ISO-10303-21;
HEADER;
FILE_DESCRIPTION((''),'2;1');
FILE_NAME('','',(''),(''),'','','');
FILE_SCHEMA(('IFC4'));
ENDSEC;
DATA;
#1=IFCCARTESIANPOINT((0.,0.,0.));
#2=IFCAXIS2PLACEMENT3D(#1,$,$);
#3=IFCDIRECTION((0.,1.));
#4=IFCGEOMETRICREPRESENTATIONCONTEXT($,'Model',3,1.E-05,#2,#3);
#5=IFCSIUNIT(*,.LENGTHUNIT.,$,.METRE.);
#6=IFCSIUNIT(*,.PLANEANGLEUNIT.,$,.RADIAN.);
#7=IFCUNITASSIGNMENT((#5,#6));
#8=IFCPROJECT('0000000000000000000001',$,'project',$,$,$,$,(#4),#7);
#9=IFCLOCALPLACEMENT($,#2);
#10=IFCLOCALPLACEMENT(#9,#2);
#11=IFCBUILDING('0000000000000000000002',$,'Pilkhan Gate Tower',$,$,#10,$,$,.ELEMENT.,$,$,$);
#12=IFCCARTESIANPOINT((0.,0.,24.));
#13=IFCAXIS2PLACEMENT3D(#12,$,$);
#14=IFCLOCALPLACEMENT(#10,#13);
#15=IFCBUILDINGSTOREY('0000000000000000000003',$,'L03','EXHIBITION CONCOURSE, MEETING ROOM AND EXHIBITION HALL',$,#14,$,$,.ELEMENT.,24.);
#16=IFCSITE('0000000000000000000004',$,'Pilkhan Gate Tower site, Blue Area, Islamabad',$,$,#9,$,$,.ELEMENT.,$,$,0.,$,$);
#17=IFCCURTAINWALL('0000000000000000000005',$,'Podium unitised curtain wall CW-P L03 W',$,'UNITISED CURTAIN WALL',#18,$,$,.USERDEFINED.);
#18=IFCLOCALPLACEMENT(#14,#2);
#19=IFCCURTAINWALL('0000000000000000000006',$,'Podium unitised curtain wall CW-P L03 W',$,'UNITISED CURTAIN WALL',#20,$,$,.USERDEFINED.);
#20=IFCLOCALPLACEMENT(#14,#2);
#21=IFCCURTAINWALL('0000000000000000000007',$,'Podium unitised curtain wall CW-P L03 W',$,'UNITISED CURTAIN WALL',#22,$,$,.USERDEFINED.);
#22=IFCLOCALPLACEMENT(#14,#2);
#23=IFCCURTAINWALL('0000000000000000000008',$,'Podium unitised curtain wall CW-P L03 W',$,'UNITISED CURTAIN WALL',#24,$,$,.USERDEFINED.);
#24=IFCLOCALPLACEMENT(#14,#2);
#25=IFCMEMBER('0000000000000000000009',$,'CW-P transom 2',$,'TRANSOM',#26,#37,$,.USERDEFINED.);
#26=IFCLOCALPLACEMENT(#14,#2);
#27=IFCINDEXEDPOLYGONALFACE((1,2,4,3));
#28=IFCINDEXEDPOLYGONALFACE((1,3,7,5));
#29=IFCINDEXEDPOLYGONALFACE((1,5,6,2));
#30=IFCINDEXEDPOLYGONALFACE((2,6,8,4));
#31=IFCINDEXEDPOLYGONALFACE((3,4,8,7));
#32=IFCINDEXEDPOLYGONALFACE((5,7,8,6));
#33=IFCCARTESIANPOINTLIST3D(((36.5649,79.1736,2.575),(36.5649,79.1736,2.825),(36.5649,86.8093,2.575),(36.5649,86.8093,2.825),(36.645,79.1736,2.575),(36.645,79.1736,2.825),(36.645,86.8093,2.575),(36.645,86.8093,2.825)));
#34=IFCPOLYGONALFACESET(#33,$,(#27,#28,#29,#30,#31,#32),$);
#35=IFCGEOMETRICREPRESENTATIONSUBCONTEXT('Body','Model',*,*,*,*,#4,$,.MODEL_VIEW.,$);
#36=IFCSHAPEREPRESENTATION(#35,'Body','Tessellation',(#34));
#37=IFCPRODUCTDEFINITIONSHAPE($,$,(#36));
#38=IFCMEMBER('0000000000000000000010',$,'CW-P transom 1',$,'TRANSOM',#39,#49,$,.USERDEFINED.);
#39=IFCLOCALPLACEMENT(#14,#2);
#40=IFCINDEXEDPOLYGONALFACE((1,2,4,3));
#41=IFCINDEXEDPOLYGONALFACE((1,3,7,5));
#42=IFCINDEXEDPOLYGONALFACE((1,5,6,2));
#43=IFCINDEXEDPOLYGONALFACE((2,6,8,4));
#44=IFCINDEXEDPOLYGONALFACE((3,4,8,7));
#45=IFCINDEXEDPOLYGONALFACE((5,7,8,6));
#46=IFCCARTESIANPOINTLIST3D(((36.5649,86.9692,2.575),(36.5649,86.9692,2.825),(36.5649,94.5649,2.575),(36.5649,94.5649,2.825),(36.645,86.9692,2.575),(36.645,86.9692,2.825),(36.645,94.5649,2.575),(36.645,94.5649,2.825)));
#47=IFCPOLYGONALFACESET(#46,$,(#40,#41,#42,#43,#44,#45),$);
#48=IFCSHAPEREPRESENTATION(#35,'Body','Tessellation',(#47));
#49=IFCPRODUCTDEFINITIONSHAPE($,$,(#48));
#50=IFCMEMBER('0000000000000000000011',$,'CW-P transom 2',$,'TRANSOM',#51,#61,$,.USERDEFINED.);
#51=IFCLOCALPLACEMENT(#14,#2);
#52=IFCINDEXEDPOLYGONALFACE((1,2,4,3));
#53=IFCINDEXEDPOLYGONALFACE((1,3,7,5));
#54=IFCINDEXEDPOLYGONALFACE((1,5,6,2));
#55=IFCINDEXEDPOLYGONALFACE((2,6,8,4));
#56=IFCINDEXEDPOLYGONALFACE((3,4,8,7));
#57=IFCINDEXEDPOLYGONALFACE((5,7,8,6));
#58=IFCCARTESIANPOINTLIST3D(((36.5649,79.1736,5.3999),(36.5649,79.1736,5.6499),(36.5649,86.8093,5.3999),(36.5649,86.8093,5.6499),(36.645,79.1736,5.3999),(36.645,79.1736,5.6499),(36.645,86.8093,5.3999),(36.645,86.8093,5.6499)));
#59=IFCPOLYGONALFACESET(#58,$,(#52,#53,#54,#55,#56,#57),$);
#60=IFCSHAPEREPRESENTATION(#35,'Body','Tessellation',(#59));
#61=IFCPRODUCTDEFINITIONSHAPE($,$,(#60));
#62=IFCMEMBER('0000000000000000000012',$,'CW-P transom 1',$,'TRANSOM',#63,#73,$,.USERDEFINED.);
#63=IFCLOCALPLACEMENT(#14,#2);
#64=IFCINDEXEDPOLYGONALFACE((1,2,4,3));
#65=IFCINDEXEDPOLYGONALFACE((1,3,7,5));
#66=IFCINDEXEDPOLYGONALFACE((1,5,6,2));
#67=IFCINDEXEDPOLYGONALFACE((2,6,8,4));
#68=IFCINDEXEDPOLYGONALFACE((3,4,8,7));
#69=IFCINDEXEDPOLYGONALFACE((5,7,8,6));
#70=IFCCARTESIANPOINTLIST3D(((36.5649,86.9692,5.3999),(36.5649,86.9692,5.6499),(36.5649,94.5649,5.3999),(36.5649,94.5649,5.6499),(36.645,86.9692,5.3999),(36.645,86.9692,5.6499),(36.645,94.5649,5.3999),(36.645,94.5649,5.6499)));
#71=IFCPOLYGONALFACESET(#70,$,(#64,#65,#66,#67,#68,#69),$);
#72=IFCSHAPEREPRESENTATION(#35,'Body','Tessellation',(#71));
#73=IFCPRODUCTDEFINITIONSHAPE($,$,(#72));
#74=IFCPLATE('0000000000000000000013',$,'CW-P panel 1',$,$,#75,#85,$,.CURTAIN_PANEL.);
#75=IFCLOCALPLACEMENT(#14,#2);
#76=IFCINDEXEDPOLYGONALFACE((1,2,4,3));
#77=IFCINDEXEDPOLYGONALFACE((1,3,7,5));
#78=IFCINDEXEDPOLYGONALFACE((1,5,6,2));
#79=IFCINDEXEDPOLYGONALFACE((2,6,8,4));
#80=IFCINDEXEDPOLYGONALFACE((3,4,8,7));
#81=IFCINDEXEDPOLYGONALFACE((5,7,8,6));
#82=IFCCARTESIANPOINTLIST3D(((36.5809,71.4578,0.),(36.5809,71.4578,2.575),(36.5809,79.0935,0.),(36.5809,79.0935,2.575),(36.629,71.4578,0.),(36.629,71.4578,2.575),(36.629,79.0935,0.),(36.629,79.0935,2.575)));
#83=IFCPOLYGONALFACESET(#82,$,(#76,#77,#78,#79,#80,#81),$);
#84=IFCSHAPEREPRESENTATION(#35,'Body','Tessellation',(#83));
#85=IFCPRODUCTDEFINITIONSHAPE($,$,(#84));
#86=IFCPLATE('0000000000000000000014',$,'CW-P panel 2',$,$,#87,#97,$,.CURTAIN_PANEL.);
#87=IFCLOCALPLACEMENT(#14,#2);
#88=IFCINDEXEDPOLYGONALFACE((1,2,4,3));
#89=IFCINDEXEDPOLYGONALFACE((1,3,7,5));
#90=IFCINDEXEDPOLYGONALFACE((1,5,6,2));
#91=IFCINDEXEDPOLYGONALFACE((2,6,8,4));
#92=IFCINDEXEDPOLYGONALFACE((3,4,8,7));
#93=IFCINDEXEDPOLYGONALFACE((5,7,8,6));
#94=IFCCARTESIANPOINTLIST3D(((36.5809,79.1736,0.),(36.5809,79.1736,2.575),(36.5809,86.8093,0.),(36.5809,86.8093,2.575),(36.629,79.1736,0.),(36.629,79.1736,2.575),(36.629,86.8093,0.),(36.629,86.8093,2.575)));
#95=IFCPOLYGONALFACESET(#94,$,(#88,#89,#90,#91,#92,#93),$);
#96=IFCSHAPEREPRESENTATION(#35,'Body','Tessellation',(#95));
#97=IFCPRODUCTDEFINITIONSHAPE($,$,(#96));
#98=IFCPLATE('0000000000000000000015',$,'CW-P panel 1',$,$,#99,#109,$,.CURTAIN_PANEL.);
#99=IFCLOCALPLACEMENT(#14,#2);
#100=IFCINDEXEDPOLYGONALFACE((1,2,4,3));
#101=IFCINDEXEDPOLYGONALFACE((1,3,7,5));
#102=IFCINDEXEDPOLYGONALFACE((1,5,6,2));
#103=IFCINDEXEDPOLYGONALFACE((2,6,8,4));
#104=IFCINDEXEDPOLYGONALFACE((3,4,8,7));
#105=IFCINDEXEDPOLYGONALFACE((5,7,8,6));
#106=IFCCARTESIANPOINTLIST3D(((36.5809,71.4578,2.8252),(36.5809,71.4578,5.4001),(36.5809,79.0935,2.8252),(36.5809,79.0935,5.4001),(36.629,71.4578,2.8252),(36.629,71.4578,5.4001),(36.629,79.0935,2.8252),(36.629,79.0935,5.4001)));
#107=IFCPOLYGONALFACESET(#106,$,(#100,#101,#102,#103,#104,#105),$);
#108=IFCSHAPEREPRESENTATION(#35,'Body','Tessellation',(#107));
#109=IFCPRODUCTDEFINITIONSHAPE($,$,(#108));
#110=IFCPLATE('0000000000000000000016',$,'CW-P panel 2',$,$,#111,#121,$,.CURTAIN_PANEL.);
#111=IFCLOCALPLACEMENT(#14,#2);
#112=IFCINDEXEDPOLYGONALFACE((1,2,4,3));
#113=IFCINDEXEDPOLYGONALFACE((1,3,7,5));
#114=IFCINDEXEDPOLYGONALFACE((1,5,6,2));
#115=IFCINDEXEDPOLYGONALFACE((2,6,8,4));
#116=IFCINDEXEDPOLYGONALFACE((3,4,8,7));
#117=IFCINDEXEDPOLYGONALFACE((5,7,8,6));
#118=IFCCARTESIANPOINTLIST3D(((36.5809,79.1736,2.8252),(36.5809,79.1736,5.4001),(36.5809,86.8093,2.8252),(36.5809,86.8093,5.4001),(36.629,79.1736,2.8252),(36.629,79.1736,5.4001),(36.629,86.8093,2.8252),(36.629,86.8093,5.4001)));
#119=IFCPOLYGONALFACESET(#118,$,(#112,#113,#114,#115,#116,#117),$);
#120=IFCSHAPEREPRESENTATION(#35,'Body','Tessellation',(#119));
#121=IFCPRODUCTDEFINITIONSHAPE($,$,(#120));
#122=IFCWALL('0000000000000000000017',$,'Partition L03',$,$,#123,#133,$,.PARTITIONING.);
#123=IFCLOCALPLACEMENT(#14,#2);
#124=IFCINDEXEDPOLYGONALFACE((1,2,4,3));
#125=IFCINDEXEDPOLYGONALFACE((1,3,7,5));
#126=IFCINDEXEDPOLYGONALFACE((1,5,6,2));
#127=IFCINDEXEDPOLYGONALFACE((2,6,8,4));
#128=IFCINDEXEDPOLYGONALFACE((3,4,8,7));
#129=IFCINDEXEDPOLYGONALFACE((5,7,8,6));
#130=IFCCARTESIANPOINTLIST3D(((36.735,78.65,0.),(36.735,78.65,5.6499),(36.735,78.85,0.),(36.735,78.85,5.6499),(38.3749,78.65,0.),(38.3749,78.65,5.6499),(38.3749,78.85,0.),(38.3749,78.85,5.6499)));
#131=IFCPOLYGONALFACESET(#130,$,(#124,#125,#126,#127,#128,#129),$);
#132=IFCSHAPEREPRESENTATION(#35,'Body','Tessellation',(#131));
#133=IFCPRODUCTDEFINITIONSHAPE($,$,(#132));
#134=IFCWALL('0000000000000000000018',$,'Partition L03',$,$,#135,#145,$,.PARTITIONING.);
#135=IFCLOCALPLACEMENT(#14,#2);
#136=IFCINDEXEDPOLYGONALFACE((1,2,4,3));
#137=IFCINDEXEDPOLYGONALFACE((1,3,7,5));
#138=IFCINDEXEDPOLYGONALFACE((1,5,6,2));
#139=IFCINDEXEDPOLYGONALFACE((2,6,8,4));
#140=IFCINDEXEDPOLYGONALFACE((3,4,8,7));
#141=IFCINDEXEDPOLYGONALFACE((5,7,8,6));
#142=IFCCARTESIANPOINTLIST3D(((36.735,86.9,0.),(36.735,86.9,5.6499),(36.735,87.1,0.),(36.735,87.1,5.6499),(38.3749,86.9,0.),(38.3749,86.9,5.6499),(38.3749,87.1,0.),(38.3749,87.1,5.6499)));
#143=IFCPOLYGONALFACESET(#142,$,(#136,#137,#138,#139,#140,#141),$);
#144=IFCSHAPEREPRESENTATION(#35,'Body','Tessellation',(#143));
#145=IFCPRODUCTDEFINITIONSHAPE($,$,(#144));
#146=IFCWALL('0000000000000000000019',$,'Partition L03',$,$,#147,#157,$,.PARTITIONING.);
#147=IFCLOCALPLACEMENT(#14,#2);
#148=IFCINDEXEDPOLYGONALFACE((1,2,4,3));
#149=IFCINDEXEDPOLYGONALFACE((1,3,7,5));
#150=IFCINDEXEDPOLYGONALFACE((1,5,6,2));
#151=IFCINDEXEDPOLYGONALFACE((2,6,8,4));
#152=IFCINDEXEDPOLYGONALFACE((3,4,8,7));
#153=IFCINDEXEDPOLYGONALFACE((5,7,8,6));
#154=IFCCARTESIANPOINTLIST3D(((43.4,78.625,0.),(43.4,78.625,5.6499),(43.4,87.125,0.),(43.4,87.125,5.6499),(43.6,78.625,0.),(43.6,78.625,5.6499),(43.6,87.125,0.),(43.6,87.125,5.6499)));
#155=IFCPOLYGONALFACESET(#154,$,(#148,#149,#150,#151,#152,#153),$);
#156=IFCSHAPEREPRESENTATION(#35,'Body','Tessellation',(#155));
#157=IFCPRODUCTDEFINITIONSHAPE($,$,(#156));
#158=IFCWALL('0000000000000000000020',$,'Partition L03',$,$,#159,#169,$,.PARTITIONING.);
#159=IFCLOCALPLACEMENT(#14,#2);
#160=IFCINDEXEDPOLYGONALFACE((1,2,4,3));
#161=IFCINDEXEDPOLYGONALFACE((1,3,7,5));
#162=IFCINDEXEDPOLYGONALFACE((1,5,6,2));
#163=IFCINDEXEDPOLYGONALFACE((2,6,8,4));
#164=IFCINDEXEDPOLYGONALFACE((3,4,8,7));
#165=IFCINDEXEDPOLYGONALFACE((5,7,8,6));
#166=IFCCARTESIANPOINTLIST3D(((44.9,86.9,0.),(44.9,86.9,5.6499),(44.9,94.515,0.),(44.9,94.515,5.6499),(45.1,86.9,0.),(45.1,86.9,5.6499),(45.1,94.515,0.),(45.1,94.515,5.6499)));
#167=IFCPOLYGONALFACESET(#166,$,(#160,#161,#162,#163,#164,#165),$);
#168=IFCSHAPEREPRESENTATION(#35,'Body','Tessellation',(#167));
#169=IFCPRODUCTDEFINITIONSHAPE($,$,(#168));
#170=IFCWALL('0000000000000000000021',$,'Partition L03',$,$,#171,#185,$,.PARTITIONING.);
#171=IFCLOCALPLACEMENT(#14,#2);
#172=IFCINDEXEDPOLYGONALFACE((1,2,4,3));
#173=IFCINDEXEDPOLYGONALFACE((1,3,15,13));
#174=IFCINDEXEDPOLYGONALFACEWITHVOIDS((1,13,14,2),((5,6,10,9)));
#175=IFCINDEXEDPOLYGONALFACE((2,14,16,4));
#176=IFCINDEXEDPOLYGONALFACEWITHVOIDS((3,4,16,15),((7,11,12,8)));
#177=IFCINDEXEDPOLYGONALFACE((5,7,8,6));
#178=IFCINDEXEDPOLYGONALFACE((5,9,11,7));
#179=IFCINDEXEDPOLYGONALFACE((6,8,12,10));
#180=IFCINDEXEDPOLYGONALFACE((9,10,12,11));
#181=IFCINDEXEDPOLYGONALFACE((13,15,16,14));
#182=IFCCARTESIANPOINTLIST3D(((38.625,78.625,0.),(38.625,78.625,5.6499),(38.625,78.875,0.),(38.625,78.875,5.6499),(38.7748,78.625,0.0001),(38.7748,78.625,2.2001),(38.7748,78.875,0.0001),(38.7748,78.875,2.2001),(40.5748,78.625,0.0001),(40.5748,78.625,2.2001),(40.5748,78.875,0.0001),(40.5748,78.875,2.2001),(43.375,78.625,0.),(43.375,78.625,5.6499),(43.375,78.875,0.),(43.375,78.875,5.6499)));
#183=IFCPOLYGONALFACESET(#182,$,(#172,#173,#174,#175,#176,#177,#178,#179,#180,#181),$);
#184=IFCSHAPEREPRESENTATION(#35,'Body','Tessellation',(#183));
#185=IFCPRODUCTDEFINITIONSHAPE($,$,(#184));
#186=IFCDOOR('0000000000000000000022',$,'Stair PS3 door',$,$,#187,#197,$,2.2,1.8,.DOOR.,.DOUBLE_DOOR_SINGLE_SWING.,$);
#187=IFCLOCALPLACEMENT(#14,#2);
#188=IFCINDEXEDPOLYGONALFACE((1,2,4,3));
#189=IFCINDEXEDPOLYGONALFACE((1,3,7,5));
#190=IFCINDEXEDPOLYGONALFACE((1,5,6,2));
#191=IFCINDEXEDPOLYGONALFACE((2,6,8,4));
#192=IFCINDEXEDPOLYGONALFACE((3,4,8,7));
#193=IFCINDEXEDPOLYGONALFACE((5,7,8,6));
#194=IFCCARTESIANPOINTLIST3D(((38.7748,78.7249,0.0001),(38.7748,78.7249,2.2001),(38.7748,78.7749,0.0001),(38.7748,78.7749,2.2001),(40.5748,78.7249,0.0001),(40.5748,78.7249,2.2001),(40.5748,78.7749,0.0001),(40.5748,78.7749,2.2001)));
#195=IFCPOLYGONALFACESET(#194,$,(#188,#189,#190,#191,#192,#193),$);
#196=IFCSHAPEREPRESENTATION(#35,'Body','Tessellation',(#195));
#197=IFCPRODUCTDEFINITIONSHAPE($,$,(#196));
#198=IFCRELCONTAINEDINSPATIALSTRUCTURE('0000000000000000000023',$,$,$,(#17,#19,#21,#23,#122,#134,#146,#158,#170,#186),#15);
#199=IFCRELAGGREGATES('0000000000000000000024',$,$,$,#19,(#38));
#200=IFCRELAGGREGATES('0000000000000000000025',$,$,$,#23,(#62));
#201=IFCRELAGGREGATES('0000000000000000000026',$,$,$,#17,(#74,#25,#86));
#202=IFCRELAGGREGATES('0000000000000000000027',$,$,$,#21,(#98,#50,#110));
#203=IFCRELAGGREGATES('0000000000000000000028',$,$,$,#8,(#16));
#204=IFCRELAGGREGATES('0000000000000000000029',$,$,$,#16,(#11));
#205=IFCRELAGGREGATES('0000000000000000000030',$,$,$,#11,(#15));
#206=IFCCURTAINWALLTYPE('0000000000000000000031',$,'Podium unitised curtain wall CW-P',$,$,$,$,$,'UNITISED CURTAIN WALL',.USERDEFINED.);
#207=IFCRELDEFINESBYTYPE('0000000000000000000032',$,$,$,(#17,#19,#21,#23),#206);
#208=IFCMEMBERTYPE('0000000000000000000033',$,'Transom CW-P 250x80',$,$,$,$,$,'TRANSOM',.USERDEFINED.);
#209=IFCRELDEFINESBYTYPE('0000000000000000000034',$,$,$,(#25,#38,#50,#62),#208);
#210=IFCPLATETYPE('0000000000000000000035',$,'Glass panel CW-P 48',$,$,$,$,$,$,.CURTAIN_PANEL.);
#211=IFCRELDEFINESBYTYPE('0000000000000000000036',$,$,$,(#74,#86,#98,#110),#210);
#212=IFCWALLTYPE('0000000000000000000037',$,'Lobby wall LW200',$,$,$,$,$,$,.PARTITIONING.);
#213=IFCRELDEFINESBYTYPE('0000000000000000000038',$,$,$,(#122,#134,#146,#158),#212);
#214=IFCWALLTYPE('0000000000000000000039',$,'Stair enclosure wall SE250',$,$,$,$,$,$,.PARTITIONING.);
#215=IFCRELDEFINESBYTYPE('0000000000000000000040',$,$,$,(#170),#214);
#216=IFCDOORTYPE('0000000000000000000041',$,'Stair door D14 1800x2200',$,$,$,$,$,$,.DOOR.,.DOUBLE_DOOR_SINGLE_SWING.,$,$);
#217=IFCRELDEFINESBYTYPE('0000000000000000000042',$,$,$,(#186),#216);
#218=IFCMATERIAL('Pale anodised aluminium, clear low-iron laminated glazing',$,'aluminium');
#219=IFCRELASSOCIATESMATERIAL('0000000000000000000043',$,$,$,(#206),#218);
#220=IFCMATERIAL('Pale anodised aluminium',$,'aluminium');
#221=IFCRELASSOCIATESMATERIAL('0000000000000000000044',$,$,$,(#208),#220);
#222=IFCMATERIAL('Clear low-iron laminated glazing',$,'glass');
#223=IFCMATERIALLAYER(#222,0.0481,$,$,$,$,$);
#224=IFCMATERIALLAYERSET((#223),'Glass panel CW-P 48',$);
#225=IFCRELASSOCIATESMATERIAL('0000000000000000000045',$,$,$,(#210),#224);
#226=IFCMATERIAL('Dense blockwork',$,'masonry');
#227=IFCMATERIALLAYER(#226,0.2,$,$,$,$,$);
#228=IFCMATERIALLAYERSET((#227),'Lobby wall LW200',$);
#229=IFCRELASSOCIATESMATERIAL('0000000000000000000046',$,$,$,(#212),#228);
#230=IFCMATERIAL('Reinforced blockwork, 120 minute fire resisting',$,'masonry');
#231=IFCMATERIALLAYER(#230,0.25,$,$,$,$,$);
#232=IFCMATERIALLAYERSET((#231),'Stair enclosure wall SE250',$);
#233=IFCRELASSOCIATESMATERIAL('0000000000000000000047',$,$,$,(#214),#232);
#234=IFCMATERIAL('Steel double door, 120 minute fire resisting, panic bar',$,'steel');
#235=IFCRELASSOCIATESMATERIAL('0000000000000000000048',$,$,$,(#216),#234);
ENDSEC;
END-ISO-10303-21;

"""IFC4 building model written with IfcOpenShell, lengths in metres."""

from ifc_helpers import new_model, si_unit, direction, frame, frame_2d, origin, origin_2d, place, context, subcontext, project, spatial, rectangle, extrude, material, layer, layer_set, material_profile, profile_set, type_object, element, fill, aggregate, save


model = new_model("IFC4")

# Units and contexts
model_context = context("Model", 3, precision=1e-05, world=origin(), true_north=direction((0.0, 1.0)))
body_context = subcontext(model_context, "Body", "Model", "MODEL_VIEW")
ifc_project = project(units=[si_unit("LENGTHUNIT", "METRE"), si_unit("PLANEANGLEUNIT", "RADIAN")], contexts=[model_context])

# Site, building, storey
site_placement = place(None, origin())
site = spatial("IfcSite", under=ifc_project, at=site_placement, Name="Pilkhan Gate Tower site, Blue Area, Islamabad", CompositionType="ELEMENT", RefElevation=0.0)
building_placement = place(site_placement, origin())
building = spatial("IfcBuilding", under=site, at=building_placement, Name="Pilkhan Gate Tower", CompositionType="ELEMENT")
storey_placement = place(building_placement, frame((0.0, 0.0, 24.0)))
storey = spatial("IfcBuildingStorey", under=building, at=storey_placement, Name="L03", Description="EXHIBITION CONCOURSE, MEETING ROOM AND EXHIBITION HALL", CompositionType="ELEMENT", Elevation=24.0)

# Curtain wall
ifc_material_1 = material(Name="Pale anodised aluminium, clear low-iron laminated glazing", Category="aluminium")
curtain_wall_type = type_object("IfcCurtainWallType", Name="Podium unitised curtain wall CW-P", ElementType="UNITISED CURTAIN WALL", PredefinedType="USERDEFINED", material=ifc_material_1)
curtain_wall_1_placement = place(storey_placement, origin())
curtain_wall_1 = element("IfcCurtainWall", 1, at=curtain_wall_1_placement, inside=storey, type_object=curtain_wall_type, Name="Podium unitised curtain wall CW-P L03 W", ObjectType="UNITISED CURTAIN WALL", PredefinedType="USERDEFINED")
ifc_material_2 = material(Name="Pale anodised aluminium", Category="aluminium")

# Curtain wall
curtain_wall_2_placement = place(storey_placement, origin())
curtain_wall_2 = element("IfcCurtainWall", 2, at=curtain_wall_2_placement, inside=storey, type_object=curtain_wall_type, Name="Podium unitised curtain wall CW-P L03 W", ObjectType="UNITISED CURTAIN WALL", PredefinedType="USERDEFINED")

# Curtain wall
curtain_wall_3_placement = place(storey_placement, origin())
curtain_wall_3 = element("IfcCurtainWall", 3, at=curtain_wall_3_placement, inside=storey, type_object=curtain_wall_type, Name="Podium unitised curtain wall CW-P L03 W", ObjectType="UNITISED CURTAIN WALL", PredefinedType="USERDEFINED")

# Curtain wall
curtain_wall_4_placement = place(storey_placement, origin())
curtain_wall_4 = element("IfcCurtainWall", 4, at=curtain_wall_4_placement, inside=storey, type_object=curtain_wall_type, Name="Podium unitised curtain wall CW-P L03 W", ObjectType="UNITISED CURTAIN WALL", PredefinedType="USERDEFINED")

# Members
ifc_material_profile_1 = material_profile(ifc_material_2, rectangle(XDim=0.0801, YDim=0.25, at=origin_2d()), Name="Transom 250x80")
ifc_profile_set_1 = profile_set([ifc_material_profile_1], Name="Pale anodised aluminium")
member_type_1 = type_object("IfcMemberType", Name="Transom CW-P 250x80", ElementType="TRANSOM", PredefinedType="USERDEFINED", material=ifc_profile_set_1)
member_1_placement = place(storey_placement, frame((36.605, 79.1736, 2.7), z_axis=(0.0, 1.0, 0.0), x_axis=(-1.0, 0.0, 0.0)))
member_1 = element("IfcMember", 5, at=member_1_placement, type_object=member_type_1, Name="CW-P transom 2", ObjectType="TRANSOM", PredefinedType="USERDEFINED", context=body_context, shape_type="SweptSolid", body=[
    extrude(rectangle(XDim=0.0801, YDim=0.25, at=origin_2d()), origin(), (0.0, 0.0, 1.0), 7.6357),
])
member_2_placement = place(storey_placement, frame((36.605, 86.9692, 2.7), z_axis=(0.0, 1.0, 0.0), x_axis=(-1.0, 0.0, 0.0)))
member_2 = element("IfcMember", 6, at=member_2_placement, type_object=member_type_1, Name="CW-P transom 1", ObjectType="TRANSOM", PredefinedType="USERDEFINED", context=body_context, shape_type="SweptSolid", body=[
    extrude(rectangle(XDim=0.0801, YDim=0.25, at=origin_2d()), origin(), (0.0, 0.0, 1.0), 7.5957),
])
aggregate(curtain_wall_2, [member_2])
member_3_placement = place(storey_placement, frame((36.605, 79.1736, 5.5249), z_axis=(0.0, 1.0, 0.0), x_axis=(-1.0, 0.0, 0.0)))
member_3 = element("IfcMember", 7, at=member_3_placement, type_object=member_type_1, Name="CW-P transom 2", ObjectType="TRANSOM", PredefinedType="USERDEFINED", context=body_context, shape_type="SweptSolid", body=[
    extrude(rectangle(XDim=0.0801, YDim=0.25, at=origin_2d()), origin(), (0.0, 0.0, 1.0), 7.6357),
])
member_4_placement = place(storey_placement, frame((36.605, 86.9692, 5.5249), z_axis=(0.0, 1.0, 0.0), x_axis=(-1.0, 0.0, 0.0)))
member_4 = element("IfcMember", 8, at=member_4_placement, type_object=member_type_1, Name="CW-P transom 1", ObjectType="TRANSOM", PredefinedType="USERDEFINED", context=body_context, shape_type="SweptSolid", body=[
    extrude(rectangle(XDim=0.0801, YDim=0.25, at=origin_2d()), origin(), (0.0, 0.0, 1.0), 7.5957),
])
aggregate(curtain_wall_4, [member_4])

# Plates
ifc_material_3 = material(Name="Clear low-iron laminated glazing", Category="glass")
ifc_layer_1 = layer(ifc_material_3, 0.0481)
ifc_layer_set_1 = layer_set([ifc_layer_1], Name="Glass panel CW-P 48")
plate_type = type_object("IfcPlateType", Name="Glass panel CW-P 48", PredefinedType="CURTAIN_PANEL", material=ifc_layer_set_1)
plate_1_placement = place(storey_placement, frame((36.605, 75.2756, 0.0), z_axis=(0.0, 0.0, 1.0), x_axis=(0.0, 1.0, 0.0)))
plate_1 = element("IfcPlate", 9, at=plate_1_placement, type_object=plate_type, Name="CW-P panel 1", PredefinedType="CURTAIN_PANEL", context=body_context, shape_type="SweptSolid", body=[
    extrude(rectangle(XDim=7.6357, YDim=0.0481, at=origin_2d()), origin(), (0.0, 0.0, 1.0), 2.575),
])
plate_2_placement = place(storey_placement, frame((36.605, 82.9915, 0.0), z_axis=(0.0, 0.0, 1.0), x_axis=(0.0, 1.0, 0.0)))
plate_2 = element("IfcPlate", 10, at=plate_2_placement, type_object=plate_type, Name="CW-P panel 2", PredefinedType="CURTAIN_PANEL", context=body_context, shape_type="SweptSolid", body=[
    extrude(rectangle(XDim=7.6357, YDim=0.0481, at=origin_2d()), origin(), (0.0, 0.0, 1.0), 2.575),
])
aggregate(curtain_wall_1, [plate_1, member_1, plate_2])
plate_3_placement = place(storey_placement, frame((36.605, 75.2756, 2.8252), z_axis=(0.0, 0.0, 1.0), x_axis=(0.0, 1.0, 0.0)))
plate_3 = element("IfcPlate", 11, at=plate_3_placement, type_object=plate_type, Name="CW-P panel 1", PredefinedType="CURTAIN_PANEL", context=body_context, shape_type="SweptSolid", body=[
    extrude(rectangle(XDim=7.6357, YDim=0.0481, at=origin_2d()), origin(), (0.0, 0.0, 1.0), 2.575),
])
plate_4_placement = place(storey_placement, frame((36.605, 82.9915, 2.8252), z_axis=(0.0, 0.0, 1.0), x_axis=(0.0, 1.0, 0.0)))
plate_4 = element("IfcPlate", 12, at=plate_4_placement, type_object=plate_type, Name="CW-P panel 2", PredefinedType="CURTAIN_PANEL", context=body_context, shape_type="SweptSolid", body=[
    extrude(rectangle(XDim=7.6357, YDim=0.0481, at=origin_2d()), origin(), (0.0, 0.0, 1.0), 2.575),
])
aggregate(curtain_wall_3, [plate_3, member_3, plate_4])

# Walls
ifc_material_4 = material(Name="Dense blockwork", Category="masonry")
ifc_layer_2 = layer(ifc_material_4, 0.2)
ifc_layer_set_2 = layer_set([ifc_layer_2], Name="Lobby wall LW200")
wall_type_1 = type_object("IfcWallType", Name="Lobby wall LW200", PredefinedType="PARTITIONING", material=ifc_layer_set_2)
for number, where, z_axis, x_axis, name in (
    (13, (36.7351, 78.75, 0.0), (0.0, 0.0, 1.0), (1.0, 0.0, 0.0), "Partition L03"),
    (14, (36.7351, 87.0, 0.0), (0.0, 0.0, 1.0), (1.0, 0.0, 0.0), "Partition L03"),
):
    element("IfcWall", number, at=place(storey_placement, frame(where, z_axis=z_axis, x_axis=x_axis)), inside=storey, type_object=wall_type_1, Name=name, PredefinedType="PARTITIONING", context=body_context, shape_type="SweptSolid", body=[
        extrude(rectangle(XDim=1.6399, YDim=0.2, at=frame_2d((0.8198, 0.0))), origin(), (0.0, 0.0, 1.0), 5.6499),
    ])
wall_1_placement = place(storey_placement, frame((43.5, 78.625, 0.0), z_axis=(0.0, 0.0, 1.0), x_axis=(0.0, 1.0, 0.0)))
element("IfcWall", 15, at=wall_1_placement, inside=storey, type_object=wall_type_1, Name="Partition L03", PredefinedType="PARTITIONING", context=body_context, shape_type="SweptSolid", body=[
    extrude(rectangle(XDim=8.5, YDim=0.2, at=frame_2d((4.25, 0.0))), origin(), (0.0, 0.0, 1.0), 5.6499),
])
wall_2_placement = place(storey_placement, frame((45.0, 86.8999, 0.0), z_axis=(0.0, 0.0, 1.0), x_axis=(0.0, 1.0, 0.0)))
element("IfcWall", 16, at=wall_2_placement, inside=storey, type_object=wall_type_1, Name="Partition L03", PredefinedType="PARTITIONING", context=body_context, shape_type="SweptSolid", body=[
    extrude(rectangle(XDim=7.615, YDim=0.2, at=frame_2d((3.8076, 0.0))), origin(), (0.0, 0.0, 1.0), 5.6499),
])

# Wall, opening, door
ifc_material_5 = material(Name="Reinforced blockwork, 120 minute fire resisting", Category="masonry")
ifc_layer_3 = layer(ifc_material_5, 0.25)
ifc_layer_set_3 = layer_set([ifc_layer_3], Name="Stair enclosure wall SE250")
wall_type_2 = type_object("IfcWallType", Name="Stair enclosure wall SE250", PredefinedType="PARTITIONING", material=ifc_layer_set_3)
wall_3_placement = place(storey_placement, frame((38.625, 78.75, 0.0), z_axis=(0.0, 0.0, 1.0), x_axis=(1.0, 0.0, 0.0)))
wall_3 = element("IfcWall", 17, at=wall_3_placement, inside=storey, type_object=wall_type_2, Name="Partition L03", PredefinedType="PARTITIONING", context=body_context, shape_type="SweptSolid", body=[
    extrude(rectangle(XDim=4.75, YDim=0.25, at=frame_2d((2.375, 0.0))), origin(), (0.0, 0.0, 1.0), 5.6499),
])
opening_placement = place(wall_3_placement, frame((0.1499, 0.0, 0.0)))
opening = element("IfcOpeningElement", 18, at=opening_placement, cuts=wall_3, PredefinedType="OPENING", context=body_context, shape_type="SweptSolid", body=[
    extrude(rectangle(XDim=1.8, YDim=2.2, at=frame_2d((0.8999, 1.1001))), frame((0.0, 0.135, 0.0), z_axis=(0.0, -1.0, 0.0), x_axis=(1.0, 0.0, 0.0)), (0.0, 0.0, 1.0), 0.27),
])
ifc_material_6 = material(Name="Steel double door, 120 minute fire resisting, panic bar", Category="steel")
door_type = type_object("IfcDoorType", Name="Stair door D14 1800x2200", OperationType="DOUBLE_DOOR_SINGLE_SWING", PredefinedType="DOOR", material=ifc_material_6)
door_placement = place(opening_placement, origin())
door = element("IfcDoor", 19, at=door_placement, inside=storey, type_object=door_type, Name="Stair PS3 door", OperationType="DOUBLE_DOOR_SINGLE_SWING", OverallHeight=2.2, OverallWidth=1.8, PredefinedType="DOOR", context=body_context, shape_type="SweptSolid", body=[
    extrude(rectangle(XDim=1.8, YDim=2.2, at=frame_2d((0.8999, 1.1001))), frame((0.0, 0.0249, 0.0), z_axis=(0.0, -1.0, 0.0), x_axis=(1.0, 0.0, 0.0)), (0.0, 0.0, 1.0), 0.05),
])
fill(opening, door)

save(model, "model.ifc")
